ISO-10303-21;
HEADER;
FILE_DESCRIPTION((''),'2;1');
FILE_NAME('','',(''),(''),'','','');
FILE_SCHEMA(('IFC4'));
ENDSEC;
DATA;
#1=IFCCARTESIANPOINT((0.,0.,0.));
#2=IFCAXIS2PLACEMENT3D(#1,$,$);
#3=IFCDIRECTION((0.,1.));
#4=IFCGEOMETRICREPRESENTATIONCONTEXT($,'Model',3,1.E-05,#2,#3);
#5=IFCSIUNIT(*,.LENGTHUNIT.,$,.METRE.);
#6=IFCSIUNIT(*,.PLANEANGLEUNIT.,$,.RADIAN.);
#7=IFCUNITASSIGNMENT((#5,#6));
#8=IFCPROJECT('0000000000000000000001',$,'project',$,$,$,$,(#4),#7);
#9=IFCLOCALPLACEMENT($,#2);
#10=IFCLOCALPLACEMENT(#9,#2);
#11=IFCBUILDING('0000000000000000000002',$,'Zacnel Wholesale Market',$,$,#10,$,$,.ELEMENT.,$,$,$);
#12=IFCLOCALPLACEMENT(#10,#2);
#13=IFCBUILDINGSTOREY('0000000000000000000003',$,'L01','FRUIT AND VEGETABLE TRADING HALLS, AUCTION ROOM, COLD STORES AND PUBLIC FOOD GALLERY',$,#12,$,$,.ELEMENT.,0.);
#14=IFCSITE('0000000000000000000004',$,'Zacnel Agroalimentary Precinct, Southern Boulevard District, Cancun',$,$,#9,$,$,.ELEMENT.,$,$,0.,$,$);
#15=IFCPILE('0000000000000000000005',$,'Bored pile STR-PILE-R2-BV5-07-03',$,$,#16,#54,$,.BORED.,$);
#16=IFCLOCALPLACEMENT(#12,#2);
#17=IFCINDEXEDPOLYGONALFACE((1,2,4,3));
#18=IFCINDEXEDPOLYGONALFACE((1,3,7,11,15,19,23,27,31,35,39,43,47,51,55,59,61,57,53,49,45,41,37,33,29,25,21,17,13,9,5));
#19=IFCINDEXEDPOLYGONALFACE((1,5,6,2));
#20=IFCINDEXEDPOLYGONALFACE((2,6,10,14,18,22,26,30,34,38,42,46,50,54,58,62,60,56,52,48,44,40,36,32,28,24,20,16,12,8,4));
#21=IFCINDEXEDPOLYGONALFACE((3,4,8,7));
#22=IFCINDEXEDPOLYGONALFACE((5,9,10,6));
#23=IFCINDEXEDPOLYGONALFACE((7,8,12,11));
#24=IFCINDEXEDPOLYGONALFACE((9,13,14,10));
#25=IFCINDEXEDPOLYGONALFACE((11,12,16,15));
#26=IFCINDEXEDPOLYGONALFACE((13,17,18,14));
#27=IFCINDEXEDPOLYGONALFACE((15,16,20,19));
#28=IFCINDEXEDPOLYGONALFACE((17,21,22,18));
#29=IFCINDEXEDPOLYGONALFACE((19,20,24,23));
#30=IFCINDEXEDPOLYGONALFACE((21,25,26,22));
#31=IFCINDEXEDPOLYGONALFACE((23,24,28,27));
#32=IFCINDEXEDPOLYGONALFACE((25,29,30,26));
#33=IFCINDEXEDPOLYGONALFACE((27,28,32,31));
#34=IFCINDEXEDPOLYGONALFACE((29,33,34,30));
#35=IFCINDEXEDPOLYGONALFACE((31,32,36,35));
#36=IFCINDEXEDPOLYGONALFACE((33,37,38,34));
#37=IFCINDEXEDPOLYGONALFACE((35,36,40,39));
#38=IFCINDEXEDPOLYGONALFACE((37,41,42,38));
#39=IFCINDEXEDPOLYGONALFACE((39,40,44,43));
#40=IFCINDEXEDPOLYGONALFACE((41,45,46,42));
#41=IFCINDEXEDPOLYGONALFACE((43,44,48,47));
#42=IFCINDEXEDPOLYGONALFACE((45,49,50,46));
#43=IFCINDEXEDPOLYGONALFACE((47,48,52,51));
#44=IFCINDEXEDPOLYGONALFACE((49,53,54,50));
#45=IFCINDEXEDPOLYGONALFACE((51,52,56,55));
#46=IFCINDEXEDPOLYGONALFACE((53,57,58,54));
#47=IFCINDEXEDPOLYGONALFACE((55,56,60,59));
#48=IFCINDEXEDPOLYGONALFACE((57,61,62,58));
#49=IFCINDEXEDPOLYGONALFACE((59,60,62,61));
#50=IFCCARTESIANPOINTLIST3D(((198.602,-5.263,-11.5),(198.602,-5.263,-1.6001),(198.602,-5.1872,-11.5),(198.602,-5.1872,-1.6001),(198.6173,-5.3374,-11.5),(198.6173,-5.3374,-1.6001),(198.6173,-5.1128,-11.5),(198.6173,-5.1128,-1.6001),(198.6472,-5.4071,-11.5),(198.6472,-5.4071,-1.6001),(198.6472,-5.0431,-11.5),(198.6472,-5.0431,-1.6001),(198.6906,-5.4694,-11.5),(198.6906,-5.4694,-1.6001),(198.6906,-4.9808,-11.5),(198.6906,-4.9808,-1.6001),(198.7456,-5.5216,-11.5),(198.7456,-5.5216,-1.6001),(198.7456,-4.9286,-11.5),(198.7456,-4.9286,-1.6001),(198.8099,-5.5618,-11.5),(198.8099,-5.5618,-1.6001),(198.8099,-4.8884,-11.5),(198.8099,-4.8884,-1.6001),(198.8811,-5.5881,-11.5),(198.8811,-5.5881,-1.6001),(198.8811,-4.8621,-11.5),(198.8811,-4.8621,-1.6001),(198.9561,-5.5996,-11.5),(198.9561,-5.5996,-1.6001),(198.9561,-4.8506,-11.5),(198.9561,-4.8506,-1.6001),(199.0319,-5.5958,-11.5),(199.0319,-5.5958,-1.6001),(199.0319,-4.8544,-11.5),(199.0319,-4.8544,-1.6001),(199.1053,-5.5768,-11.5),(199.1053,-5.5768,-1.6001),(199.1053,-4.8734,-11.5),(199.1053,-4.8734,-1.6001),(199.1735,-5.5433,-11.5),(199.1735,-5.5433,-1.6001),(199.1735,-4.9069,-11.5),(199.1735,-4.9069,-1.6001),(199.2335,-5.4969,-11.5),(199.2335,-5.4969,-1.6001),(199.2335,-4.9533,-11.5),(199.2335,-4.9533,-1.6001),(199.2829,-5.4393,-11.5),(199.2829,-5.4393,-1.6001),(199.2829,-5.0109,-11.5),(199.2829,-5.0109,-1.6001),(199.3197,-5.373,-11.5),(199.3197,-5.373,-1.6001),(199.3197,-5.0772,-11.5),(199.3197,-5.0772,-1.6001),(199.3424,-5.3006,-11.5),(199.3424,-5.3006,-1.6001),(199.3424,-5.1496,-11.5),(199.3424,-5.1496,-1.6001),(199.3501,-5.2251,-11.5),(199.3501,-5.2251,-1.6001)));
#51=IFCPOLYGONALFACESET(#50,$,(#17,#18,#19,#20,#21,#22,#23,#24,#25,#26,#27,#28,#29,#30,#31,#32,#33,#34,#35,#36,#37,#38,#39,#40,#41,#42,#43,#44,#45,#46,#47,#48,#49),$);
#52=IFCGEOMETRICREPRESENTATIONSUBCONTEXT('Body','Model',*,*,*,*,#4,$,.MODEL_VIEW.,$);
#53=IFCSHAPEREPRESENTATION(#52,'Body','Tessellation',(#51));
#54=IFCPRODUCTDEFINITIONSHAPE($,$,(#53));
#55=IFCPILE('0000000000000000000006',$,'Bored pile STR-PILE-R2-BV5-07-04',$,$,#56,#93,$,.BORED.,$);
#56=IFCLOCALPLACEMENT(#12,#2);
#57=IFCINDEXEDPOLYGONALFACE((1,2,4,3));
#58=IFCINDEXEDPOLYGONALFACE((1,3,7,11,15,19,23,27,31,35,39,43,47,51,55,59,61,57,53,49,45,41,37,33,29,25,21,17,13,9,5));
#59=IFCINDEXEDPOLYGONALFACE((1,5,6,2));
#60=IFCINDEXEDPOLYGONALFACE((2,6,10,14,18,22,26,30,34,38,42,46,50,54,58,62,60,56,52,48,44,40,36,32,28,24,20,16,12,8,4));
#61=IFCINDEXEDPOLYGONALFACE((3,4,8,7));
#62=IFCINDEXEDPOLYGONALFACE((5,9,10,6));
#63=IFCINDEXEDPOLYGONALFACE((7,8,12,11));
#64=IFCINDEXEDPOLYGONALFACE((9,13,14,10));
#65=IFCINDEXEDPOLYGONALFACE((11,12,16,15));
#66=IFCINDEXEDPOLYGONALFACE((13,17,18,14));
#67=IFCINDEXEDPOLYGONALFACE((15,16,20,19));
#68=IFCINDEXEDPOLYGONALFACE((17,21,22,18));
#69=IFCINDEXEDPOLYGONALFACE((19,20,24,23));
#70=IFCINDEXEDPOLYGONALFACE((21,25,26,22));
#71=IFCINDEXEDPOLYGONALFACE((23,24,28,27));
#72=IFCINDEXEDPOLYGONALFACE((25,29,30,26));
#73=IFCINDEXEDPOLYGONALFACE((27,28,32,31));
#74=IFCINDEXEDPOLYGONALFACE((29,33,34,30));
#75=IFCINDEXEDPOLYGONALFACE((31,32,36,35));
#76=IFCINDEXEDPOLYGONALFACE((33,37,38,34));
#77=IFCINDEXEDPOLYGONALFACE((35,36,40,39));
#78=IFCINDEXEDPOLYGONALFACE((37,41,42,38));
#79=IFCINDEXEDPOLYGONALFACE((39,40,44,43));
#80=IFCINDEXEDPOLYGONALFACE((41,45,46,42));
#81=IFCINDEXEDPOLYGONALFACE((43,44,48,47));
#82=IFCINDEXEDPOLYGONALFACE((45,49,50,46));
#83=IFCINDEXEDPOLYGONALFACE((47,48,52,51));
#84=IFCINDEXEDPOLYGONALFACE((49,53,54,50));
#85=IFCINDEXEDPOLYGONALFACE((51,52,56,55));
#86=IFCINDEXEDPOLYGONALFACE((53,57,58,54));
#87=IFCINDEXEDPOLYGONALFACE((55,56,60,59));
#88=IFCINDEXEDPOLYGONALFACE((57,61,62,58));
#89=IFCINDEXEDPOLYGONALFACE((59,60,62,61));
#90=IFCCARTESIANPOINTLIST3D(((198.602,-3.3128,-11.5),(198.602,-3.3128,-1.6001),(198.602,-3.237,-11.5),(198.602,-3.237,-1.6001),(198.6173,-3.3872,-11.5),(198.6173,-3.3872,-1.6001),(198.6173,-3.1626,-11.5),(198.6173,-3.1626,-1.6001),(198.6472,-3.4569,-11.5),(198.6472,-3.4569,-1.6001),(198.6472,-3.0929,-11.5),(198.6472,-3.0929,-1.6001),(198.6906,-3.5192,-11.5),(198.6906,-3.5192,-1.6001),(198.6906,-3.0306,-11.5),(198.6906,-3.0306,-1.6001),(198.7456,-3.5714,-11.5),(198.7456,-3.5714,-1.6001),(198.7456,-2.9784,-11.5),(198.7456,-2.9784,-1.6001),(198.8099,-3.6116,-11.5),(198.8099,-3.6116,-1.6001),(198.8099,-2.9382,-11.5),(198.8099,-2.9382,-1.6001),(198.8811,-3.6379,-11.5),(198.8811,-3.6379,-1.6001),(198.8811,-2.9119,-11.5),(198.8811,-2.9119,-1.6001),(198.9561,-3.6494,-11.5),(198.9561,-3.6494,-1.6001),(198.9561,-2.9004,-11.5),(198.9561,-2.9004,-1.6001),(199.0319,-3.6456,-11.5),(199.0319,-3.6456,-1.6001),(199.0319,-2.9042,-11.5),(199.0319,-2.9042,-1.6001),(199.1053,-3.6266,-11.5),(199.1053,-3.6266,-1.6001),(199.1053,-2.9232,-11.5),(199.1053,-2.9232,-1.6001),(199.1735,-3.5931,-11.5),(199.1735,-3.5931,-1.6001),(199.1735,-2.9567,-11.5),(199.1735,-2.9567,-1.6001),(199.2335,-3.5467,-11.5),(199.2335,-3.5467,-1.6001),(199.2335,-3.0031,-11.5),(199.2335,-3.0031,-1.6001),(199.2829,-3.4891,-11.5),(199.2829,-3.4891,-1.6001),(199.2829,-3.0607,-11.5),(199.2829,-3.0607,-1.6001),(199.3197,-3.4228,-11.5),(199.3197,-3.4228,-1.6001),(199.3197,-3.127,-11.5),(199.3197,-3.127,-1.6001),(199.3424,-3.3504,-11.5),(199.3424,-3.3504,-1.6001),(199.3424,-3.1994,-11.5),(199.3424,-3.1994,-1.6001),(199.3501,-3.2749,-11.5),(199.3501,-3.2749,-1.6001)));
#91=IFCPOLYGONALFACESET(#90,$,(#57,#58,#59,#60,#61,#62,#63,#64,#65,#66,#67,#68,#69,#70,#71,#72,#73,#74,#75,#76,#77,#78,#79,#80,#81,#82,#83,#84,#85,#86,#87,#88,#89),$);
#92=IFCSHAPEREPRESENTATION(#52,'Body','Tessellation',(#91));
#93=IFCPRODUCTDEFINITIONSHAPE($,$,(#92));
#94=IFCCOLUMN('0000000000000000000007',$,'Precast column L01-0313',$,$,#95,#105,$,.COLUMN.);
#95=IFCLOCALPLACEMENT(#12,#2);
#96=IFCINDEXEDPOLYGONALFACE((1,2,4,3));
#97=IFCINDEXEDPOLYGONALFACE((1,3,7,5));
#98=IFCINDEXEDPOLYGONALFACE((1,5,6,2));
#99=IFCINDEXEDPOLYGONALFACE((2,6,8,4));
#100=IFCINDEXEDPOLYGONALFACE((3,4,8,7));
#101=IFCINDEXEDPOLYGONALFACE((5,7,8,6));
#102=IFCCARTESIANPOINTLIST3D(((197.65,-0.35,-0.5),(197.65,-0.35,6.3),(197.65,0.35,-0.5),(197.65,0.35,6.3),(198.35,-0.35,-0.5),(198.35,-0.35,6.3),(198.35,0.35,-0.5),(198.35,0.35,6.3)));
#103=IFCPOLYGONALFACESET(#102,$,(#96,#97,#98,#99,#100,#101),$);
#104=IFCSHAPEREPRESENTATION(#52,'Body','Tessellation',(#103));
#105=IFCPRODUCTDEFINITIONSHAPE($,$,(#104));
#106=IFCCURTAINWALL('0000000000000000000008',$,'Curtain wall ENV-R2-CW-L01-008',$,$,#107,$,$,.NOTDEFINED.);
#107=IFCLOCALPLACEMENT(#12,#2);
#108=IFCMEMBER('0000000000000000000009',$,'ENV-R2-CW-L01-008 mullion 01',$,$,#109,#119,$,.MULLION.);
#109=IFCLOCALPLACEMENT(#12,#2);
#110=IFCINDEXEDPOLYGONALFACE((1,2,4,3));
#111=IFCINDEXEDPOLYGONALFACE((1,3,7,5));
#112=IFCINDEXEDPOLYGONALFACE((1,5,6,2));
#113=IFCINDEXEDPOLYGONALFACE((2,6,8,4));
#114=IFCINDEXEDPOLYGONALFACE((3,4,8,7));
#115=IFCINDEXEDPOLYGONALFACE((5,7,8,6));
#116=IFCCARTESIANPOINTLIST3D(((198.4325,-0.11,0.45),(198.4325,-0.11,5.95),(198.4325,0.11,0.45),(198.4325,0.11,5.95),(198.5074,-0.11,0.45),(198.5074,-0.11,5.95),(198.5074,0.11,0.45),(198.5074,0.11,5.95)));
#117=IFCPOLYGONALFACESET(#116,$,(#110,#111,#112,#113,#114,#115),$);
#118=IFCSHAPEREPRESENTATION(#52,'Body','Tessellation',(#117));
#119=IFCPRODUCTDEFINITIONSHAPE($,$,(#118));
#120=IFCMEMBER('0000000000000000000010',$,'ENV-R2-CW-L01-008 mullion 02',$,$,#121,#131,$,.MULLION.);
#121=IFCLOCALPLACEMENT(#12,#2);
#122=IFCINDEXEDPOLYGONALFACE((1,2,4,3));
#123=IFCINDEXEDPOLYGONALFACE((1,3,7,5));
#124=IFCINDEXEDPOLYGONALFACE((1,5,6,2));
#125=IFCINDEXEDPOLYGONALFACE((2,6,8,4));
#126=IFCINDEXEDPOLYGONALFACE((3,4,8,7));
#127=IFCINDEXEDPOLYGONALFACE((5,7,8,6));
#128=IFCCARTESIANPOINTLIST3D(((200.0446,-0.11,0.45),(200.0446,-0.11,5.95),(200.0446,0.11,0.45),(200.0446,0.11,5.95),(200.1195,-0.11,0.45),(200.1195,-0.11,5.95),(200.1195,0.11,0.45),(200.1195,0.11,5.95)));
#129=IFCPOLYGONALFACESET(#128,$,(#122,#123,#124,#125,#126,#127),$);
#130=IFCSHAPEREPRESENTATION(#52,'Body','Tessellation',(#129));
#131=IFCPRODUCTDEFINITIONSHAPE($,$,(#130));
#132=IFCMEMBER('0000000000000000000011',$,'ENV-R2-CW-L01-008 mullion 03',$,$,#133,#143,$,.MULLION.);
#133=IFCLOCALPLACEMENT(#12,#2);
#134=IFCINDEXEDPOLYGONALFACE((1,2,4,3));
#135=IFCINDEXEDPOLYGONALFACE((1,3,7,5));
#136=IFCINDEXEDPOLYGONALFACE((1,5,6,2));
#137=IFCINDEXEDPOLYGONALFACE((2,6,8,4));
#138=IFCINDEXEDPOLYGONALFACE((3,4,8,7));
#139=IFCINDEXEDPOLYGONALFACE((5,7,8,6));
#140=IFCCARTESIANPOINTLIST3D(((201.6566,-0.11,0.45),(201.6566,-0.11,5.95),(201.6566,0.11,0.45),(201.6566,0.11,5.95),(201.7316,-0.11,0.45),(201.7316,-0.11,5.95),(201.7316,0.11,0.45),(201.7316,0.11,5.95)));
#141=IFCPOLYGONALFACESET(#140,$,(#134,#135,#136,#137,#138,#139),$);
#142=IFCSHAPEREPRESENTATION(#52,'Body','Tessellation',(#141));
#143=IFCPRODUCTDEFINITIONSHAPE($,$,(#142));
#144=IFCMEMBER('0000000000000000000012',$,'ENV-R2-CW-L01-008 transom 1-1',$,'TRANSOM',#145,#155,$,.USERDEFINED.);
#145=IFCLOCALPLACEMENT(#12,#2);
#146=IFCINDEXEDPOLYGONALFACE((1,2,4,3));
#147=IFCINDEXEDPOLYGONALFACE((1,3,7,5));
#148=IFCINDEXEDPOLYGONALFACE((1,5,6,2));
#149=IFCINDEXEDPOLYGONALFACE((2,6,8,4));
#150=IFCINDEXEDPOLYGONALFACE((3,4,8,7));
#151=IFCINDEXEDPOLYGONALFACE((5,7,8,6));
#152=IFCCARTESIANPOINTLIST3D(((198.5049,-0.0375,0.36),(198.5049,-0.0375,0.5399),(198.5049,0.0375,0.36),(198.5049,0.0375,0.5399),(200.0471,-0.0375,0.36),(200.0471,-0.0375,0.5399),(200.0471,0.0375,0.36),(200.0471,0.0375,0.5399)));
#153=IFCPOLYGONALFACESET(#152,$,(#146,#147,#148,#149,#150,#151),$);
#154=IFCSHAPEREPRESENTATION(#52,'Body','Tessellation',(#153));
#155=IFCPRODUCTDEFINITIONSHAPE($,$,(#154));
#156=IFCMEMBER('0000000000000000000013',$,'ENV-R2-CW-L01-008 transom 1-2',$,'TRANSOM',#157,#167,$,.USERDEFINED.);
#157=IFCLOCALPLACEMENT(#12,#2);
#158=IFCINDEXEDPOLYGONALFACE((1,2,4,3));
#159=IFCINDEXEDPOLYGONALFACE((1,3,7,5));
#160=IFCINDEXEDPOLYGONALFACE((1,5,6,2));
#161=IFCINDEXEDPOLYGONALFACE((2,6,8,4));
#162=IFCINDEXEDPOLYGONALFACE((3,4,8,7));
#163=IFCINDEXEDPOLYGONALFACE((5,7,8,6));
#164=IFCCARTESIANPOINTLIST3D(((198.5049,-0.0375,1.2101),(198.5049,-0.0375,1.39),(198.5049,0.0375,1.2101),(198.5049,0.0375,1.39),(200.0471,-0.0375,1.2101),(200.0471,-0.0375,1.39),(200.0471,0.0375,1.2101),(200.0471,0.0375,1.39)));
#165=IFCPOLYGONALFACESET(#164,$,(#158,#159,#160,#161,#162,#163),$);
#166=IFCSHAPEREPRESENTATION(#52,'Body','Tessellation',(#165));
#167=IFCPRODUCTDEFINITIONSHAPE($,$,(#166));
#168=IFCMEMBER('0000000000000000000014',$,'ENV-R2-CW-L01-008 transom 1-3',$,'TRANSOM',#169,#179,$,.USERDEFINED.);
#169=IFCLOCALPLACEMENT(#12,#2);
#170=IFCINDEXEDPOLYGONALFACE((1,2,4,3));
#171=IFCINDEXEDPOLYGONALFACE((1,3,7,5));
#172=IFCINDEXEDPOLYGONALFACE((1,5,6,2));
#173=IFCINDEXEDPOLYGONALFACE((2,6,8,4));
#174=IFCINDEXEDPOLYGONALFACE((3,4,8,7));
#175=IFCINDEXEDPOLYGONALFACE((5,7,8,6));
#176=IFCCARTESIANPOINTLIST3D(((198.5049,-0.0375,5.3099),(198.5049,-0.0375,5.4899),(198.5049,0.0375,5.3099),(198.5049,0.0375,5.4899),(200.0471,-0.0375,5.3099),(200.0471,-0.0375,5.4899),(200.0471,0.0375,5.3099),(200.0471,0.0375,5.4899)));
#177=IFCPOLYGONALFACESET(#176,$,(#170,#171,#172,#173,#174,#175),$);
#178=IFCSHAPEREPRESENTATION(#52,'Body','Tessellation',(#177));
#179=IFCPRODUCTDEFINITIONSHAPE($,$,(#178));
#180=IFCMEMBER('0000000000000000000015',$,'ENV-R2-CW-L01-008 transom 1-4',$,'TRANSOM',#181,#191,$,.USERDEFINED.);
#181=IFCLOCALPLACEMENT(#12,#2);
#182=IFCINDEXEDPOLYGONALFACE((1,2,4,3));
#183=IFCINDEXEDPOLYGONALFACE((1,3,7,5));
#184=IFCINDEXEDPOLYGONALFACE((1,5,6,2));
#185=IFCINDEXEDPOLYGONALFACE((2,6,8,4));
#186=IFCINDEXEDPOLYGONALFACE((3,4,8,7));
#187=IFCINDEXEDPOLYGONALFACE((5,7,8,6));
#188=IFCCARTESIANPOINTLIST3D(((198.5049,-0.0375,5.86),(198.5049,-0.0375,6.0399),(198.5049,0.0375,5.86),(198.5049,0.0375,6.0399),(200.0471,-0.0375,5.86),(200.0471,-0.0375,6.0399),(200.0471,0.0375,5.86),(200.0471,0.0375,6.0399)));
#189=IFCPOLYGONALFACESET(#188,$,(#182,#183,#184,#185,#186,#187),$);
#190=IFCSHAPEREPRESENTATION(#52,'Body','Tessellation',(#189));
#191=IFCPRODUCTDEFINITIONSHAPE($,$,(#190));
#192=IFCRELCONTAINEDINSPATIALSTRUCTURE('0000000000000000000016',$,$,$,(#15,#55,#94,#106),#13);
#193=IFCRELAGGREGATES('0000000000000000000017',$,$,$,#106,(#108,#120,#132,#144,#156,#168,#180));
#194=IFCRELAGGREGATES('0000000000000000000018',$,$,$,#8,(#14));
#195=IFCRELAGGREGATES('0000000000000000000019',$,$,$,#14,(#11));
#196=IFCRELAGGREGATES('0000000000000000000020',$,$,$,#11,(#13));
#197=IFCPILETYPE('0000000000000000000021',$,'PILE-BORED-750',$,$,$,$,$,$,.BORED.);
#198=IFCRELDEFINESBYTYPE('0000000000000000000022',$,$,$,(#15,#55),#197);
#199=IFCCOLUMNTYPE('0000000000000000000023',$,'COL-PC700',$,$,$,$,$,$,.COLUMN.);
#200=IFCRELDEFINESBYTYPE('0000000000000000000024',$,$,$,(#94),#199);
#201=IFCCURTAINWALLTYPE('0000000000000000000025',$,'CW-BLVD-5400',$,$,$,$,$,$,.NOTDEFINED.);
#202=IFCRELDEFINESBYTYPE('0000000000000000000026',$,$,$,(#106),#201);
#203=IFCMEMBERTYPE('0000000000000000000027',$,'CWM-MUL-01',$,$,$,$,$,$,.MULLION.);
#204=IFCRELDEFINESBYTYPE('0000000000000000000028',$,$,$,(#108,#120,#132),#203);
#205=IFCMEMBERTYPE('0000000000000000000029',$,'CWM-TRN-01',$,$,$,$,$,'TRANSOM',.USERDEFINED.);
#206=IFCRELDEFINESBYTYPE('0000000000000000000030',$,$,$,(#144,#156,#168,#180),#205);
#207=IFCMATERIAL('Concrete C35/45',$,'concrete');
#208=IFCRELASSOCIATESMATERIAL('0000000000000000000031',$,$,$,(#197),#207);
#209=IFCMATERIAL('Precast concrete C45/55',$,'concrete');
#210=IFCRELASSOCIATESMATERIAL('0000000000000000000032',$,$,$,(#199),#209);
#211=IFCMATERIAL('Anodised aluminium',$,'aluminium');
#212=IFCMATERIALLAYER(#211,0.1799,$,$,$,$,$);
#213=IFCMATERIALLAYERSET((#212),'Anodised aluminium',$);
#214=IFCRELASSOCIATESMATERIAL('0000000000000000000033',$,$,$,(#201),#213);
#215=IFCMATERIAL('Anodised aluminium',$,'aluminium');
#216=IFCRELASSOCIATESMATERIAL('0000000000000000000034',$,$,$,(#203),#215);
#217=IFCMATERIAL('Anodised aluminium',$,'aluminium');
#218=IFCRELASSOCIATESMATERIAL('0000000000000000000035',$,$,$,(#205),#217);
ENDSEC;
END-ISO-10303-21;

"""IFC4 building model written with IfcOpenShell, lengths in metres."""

from ifc_helpers import new_model, si_unit, direction, frame, origin, origin_2d, place, context, subcontext, project, spatial, rectangle, circle, extrude, material, layer, layer_set, material_profile, profile_set, type_object, element, aggregate, save


model = new_model("IFC4")

# Units and contexts
model_context = context("Model", 3, precision=1e-05, world=origin(), true_north=direction((0.0, 1.0)))
body_context = subcontext(model_context, "Body", "Model", "MODEL_VIEW")
ifc_project = project(units=[si_unit("LENGTHUNIT", "METRE"), si_unit("PLANEANGLEUNIT", "RADIAN")], contexts=[model_context])

# Site, building, storey
site_placement = place(None, origin())
site = spatial("IfcSite", under=ifc_project, at=site_placement, Name="Zacnel Agroalimentary Precinct, Southern Boulevard District, Cancun", CompositionType="ELEMENT", RefElevation=0.0)
building_placement = place(site_placement, origin())
building = spatial("IfcBuilding", under=site, at=building_placement, Name="Zacnel Wholesale Market", CompositionType="ELEMENT")
storey_placement = place(building_placement, origin())
storey = spatial("IfcBuildingStorey", under=building, at=storey_placement, Name="L01", Description="FRUIT AND VEGETABLE TRADING HALLS, AUCTION ROOM, COLD STORES AND PUBLIC FOOD GALLERY", CompositionType="ELEMENT", Elevation=0.0)

# Piles
ifc_material_1 = material(Name="Concrete C35/45", Category="concrete")
ifc_material_profile_1 = material_profile(ifc_material_1, circle(Radius=0.375, at=origin_2d()), Name="BORED PILE D750")
ifc_profile_set_1 = profile_set([ifc_material_profile_1], Name="Concrete C35/45")
pile_type_1 = type_object("IfcPileType", Name="PILE-BORED-750", PredefinedType="BORED", material=ifc_profile_set_1)
for number, where, z_axis, x_axis, name in (
    (1, (198.9751, -5.2251, -1.6001), (0.0, 0.0, -1.0), (1.0, 0.0, 0.0), "Bored pile STR-PILE-R2-BV5-07-03"),
    (2, (198.9751, -3.2749, -1.6001), (0.0, 0.0, -1.0), (1.0, 0.0, 0.0), "Bored pile STR-PILE-R2-BV5-07-04"),
):
    element("IfcPile", number, at=place(storey_placement, frame(where, z_axis=z_axis, x_axis=x_axis)), inside=storey, type_object=pile_type_1, Name=name, PredefinedType="BORED", context=body_context, shape_type="SweptSolid", body=[
        extrude(circle(Radius=0.375, at=origin_2d()), origin(), (0.0, 0.0, 1.0), 9.8999),
    ])

# Column
ifc_material_2 = material(Name="Precast concrete C45/55", Category="concrete")
ifc_material_profile_2 = material_profile(ifc_material_2, rectangle(XDim=0.7, YDim=0.7, at=origin_2d()), Name="PC 700x700")
ifc_profile_set_2 = profile_set([ifc_material_profile_2], Name="Precast concrete C45/55")
column_type = type_object("IfcColumnType", Name="COL-PC700", PredefinedType="COLUMN", material=ifc_profile_set_2)
column_placement = place(storey_placement, frame((198.0, 0.0, -0.5), z_axis=(0.0, 0.0, 1.0), x_axis=(1.0, 0.0, 0.0)))
element("IfcColumn", 3, at=column_placement, inside=storey, type_object=column_type, Name="Precast column L01-0313", PredefinedType="COLUMN", context=body_context, shape_type="SweptSolid", body=[
    extrude(rectangle(XDim=0.7, YDim=0.7, at=origin_2d()), origin(), (0.0, 0.0, 1.0), 6.8),
])

# Curtain wall, members
ifc_material_3 = material(Name="Anodised aluminium", Category="aluminium")
ifc_layer_1 = layer(ifc_material_3, 0.1799)
ifc_layer_set_1 = layer_set([ifc_layer_1], Name="Anodised aluminium")
curtain_wall_type = type_object("IfcCurtainWallType", Name="CW-BLVD-5400", PredefinedType="NOTDEFINED", material=ifc_layer_set_1)
curtain_wall_placement = place(storey_placement, origin())
curtain_wall = element("IfcCurtainWall", 4, at=curtain_wall_placement, inside=storey, type_object=curtain_wall_type, Name="Curtain wall ENV-R2-CW-L01-008", PredefinedType="NOTDEFINED")
ifc_material_4 = material(Name="Anodised aluminium", Category="aluminium")
ifc_material_profile_3 = material_profile(ifc_material_4, rectangle(XDim=0.075, YDim=0.22, at=origin_2d()), Name="AW-MULLION 75x220")
ifc_profile_set_3 = profile_set([ifc_material_profile_3], Name="Anodised aluminium")
member_type_1 = type_object("IfcMemberType", Name="CWM-MUL-01", PredefinedType="MULLION", material=ifc_profile_set_3)
member_1_placement = place(storey_placement, frame((198.47, 0.0, 0.45), z_axis=(0.0, 0.0, 1.0), x_axis=(1.0, 0.0, 0.0)))
member_1 = element("IfcMember", 5, at=member_1_placement, type_object=member_type_1, Name="ENV-R2-CW-L01-008 mullion 01", PredefinedType="MULLION", context=body_context, shape_type="SweptSolid", body=[
    extrude(rectangle(XDim=0.075, YDim=0.22, at=origin_2d()), origin(), (0.0, 0.0, 1.0), 5.5),
])
member_2_placement = place(storey_placement, frame((200.082, 0.0, 0.45), z_axis=(0.0, 0.0, 1.0), x_axis=(1.0, 0.0, 0.0)))
member_2 = element("IfcMember", 6, at=member_2_placement, type_object=member_type_1, Name="ENV-R2-CW-L01-008 mullion 02", PredefinedType="MULLION", context=body_context, shape_type="SweptSolid", body=[
    extrude(rectangle(XDim=0.075, YDim=0.22, at=origin_2d()), origin(), (0.0, 0.0, 1.0), 5.5),
])
member_3_placement = place(storey_placement, frame((201.6941, 0.0, 0.45), z_axis=(0.0, 0.0, 1.0), x_axis=(1.0, 0.0, 0.0)))
member_3 = element("IfcMember", 7, at=member_3_placement, type_object=member_type_1, Name="ENV-R2-CW-L01-008 mullion 03", PredefinedType="MULLION", context=body_context, shape_type="SweptSolid", body=[
    extrude(rectangle(XDim=0.075, YDim=0.22, at=origin_2d()), origin(), (0.0, 0.0, 1.0), 5.5),
])
ifc_material_5 = material(Name="Anodised aluminium", Category="aluminium")
ifc_material_profile_4 = material_profile(ifc_material_5, rectangle(XDim=0.075, YDim=0.1799, at=origin_2d()), Name="AW-TRANSOM 75x180")
ifc_profile_set_4 = profile_set([ifc_material_profile_4], Name="Anodised aluminium")
member_type_2 = type_object("IfcMemberType", Name="CWM-TRN-01", ElementType="TRANSOM", PredefinedType="USERDEFINED", material=ifc_profile_set_4)
member_4_placement = place(storey_placement, frame((198.5049, 0.0, 0.45), z_axis=(1.0, 0.0, 0.0), x_axis=(0.0, 1.0, 0.0)))
member_4 = element("IfcMember", 8, at=member_4_placement, type_object=member_type_2, Name="ENV-R2-CW-L01-008 transom 1-1", ObjectType="TRANSOM", PredefinedType="USERDEFINED", context=body_context, shape_type="SweptSolid", body=[
    extrude(rectangle(XDim=0.075, YDim=0.1799, at=origin_2d()), origin(), (0.0, 0.0, 1.0), 1.5422),
])
member_5_placement = place(storey_placement, frame((198.5049, 0.0, 1.3), z_axis=(1.0, 0.0, 0.0), x_axis=(0.0, 1.0, 0.0)))
member_5 = element("IfcMember", 9, at=member_5_placement, type_object=member_type_2, Name="ENV-R2-CW-L01-008 transom 1-2", ObjectType="TRANSOM", PredefinedType="USERDEFINED", context=body_context, shape_type="SweptSolid", body=[
    extrude(rectangle(XDim=0.075, YDim=0.1799, at=origin_2d()), origin(), (0.0, 0.0, 1.0), 1.5422),
])
member_6_placement = place(storey_placement, frame((198.5049, 0.0, 5.3999), z_axis=(1.0, 0.0, 0.0), x_axis=(0.0, 1.0, 0.0)))
member_6 = element("IfcMember", 10, at=member_6_placement, type_object=member_type_2, Name="ENV-R2-CW-L01-008 transom 1-3", ObjectType="TRANSOM", PredefinedType="USERDEFINED", context=body_context, shape_type="SweptSolid", body=[
    extrude(rectangle(XDim=0.075, YDim=0.1799, at=origin_2d()), origin(), (0.0, 0.0, 1.0), 1.5422),
])
member_7_placement = place(storey_placement, frame((198.5049, 0.0, 5.95), z_axis=(1.0, 0.0, 0.0), x_axis=(0.0, 1.0, 0.0)))
member_7 = element("IfcMember", 11, at=member_7_placement, type_object=member_type_2, Name="ENV-R2-CW-L01-008 transom 1-4", ObjectType="TRANSOM", PredefinedType="USERDEFINED", context=body_context, shape_type="SweptSolid", body=[
    extrude(rectangle(XDim=0.075, YDim=0.1799, at=origin_2d()), origin(), (0.0, 0.0, 1.0), 1.5422),
])
aggregate(curtain_wall, [member_1, member_2, member_3, member_4, member_5, member_6, member_7])

save(model, "model.ifc")
